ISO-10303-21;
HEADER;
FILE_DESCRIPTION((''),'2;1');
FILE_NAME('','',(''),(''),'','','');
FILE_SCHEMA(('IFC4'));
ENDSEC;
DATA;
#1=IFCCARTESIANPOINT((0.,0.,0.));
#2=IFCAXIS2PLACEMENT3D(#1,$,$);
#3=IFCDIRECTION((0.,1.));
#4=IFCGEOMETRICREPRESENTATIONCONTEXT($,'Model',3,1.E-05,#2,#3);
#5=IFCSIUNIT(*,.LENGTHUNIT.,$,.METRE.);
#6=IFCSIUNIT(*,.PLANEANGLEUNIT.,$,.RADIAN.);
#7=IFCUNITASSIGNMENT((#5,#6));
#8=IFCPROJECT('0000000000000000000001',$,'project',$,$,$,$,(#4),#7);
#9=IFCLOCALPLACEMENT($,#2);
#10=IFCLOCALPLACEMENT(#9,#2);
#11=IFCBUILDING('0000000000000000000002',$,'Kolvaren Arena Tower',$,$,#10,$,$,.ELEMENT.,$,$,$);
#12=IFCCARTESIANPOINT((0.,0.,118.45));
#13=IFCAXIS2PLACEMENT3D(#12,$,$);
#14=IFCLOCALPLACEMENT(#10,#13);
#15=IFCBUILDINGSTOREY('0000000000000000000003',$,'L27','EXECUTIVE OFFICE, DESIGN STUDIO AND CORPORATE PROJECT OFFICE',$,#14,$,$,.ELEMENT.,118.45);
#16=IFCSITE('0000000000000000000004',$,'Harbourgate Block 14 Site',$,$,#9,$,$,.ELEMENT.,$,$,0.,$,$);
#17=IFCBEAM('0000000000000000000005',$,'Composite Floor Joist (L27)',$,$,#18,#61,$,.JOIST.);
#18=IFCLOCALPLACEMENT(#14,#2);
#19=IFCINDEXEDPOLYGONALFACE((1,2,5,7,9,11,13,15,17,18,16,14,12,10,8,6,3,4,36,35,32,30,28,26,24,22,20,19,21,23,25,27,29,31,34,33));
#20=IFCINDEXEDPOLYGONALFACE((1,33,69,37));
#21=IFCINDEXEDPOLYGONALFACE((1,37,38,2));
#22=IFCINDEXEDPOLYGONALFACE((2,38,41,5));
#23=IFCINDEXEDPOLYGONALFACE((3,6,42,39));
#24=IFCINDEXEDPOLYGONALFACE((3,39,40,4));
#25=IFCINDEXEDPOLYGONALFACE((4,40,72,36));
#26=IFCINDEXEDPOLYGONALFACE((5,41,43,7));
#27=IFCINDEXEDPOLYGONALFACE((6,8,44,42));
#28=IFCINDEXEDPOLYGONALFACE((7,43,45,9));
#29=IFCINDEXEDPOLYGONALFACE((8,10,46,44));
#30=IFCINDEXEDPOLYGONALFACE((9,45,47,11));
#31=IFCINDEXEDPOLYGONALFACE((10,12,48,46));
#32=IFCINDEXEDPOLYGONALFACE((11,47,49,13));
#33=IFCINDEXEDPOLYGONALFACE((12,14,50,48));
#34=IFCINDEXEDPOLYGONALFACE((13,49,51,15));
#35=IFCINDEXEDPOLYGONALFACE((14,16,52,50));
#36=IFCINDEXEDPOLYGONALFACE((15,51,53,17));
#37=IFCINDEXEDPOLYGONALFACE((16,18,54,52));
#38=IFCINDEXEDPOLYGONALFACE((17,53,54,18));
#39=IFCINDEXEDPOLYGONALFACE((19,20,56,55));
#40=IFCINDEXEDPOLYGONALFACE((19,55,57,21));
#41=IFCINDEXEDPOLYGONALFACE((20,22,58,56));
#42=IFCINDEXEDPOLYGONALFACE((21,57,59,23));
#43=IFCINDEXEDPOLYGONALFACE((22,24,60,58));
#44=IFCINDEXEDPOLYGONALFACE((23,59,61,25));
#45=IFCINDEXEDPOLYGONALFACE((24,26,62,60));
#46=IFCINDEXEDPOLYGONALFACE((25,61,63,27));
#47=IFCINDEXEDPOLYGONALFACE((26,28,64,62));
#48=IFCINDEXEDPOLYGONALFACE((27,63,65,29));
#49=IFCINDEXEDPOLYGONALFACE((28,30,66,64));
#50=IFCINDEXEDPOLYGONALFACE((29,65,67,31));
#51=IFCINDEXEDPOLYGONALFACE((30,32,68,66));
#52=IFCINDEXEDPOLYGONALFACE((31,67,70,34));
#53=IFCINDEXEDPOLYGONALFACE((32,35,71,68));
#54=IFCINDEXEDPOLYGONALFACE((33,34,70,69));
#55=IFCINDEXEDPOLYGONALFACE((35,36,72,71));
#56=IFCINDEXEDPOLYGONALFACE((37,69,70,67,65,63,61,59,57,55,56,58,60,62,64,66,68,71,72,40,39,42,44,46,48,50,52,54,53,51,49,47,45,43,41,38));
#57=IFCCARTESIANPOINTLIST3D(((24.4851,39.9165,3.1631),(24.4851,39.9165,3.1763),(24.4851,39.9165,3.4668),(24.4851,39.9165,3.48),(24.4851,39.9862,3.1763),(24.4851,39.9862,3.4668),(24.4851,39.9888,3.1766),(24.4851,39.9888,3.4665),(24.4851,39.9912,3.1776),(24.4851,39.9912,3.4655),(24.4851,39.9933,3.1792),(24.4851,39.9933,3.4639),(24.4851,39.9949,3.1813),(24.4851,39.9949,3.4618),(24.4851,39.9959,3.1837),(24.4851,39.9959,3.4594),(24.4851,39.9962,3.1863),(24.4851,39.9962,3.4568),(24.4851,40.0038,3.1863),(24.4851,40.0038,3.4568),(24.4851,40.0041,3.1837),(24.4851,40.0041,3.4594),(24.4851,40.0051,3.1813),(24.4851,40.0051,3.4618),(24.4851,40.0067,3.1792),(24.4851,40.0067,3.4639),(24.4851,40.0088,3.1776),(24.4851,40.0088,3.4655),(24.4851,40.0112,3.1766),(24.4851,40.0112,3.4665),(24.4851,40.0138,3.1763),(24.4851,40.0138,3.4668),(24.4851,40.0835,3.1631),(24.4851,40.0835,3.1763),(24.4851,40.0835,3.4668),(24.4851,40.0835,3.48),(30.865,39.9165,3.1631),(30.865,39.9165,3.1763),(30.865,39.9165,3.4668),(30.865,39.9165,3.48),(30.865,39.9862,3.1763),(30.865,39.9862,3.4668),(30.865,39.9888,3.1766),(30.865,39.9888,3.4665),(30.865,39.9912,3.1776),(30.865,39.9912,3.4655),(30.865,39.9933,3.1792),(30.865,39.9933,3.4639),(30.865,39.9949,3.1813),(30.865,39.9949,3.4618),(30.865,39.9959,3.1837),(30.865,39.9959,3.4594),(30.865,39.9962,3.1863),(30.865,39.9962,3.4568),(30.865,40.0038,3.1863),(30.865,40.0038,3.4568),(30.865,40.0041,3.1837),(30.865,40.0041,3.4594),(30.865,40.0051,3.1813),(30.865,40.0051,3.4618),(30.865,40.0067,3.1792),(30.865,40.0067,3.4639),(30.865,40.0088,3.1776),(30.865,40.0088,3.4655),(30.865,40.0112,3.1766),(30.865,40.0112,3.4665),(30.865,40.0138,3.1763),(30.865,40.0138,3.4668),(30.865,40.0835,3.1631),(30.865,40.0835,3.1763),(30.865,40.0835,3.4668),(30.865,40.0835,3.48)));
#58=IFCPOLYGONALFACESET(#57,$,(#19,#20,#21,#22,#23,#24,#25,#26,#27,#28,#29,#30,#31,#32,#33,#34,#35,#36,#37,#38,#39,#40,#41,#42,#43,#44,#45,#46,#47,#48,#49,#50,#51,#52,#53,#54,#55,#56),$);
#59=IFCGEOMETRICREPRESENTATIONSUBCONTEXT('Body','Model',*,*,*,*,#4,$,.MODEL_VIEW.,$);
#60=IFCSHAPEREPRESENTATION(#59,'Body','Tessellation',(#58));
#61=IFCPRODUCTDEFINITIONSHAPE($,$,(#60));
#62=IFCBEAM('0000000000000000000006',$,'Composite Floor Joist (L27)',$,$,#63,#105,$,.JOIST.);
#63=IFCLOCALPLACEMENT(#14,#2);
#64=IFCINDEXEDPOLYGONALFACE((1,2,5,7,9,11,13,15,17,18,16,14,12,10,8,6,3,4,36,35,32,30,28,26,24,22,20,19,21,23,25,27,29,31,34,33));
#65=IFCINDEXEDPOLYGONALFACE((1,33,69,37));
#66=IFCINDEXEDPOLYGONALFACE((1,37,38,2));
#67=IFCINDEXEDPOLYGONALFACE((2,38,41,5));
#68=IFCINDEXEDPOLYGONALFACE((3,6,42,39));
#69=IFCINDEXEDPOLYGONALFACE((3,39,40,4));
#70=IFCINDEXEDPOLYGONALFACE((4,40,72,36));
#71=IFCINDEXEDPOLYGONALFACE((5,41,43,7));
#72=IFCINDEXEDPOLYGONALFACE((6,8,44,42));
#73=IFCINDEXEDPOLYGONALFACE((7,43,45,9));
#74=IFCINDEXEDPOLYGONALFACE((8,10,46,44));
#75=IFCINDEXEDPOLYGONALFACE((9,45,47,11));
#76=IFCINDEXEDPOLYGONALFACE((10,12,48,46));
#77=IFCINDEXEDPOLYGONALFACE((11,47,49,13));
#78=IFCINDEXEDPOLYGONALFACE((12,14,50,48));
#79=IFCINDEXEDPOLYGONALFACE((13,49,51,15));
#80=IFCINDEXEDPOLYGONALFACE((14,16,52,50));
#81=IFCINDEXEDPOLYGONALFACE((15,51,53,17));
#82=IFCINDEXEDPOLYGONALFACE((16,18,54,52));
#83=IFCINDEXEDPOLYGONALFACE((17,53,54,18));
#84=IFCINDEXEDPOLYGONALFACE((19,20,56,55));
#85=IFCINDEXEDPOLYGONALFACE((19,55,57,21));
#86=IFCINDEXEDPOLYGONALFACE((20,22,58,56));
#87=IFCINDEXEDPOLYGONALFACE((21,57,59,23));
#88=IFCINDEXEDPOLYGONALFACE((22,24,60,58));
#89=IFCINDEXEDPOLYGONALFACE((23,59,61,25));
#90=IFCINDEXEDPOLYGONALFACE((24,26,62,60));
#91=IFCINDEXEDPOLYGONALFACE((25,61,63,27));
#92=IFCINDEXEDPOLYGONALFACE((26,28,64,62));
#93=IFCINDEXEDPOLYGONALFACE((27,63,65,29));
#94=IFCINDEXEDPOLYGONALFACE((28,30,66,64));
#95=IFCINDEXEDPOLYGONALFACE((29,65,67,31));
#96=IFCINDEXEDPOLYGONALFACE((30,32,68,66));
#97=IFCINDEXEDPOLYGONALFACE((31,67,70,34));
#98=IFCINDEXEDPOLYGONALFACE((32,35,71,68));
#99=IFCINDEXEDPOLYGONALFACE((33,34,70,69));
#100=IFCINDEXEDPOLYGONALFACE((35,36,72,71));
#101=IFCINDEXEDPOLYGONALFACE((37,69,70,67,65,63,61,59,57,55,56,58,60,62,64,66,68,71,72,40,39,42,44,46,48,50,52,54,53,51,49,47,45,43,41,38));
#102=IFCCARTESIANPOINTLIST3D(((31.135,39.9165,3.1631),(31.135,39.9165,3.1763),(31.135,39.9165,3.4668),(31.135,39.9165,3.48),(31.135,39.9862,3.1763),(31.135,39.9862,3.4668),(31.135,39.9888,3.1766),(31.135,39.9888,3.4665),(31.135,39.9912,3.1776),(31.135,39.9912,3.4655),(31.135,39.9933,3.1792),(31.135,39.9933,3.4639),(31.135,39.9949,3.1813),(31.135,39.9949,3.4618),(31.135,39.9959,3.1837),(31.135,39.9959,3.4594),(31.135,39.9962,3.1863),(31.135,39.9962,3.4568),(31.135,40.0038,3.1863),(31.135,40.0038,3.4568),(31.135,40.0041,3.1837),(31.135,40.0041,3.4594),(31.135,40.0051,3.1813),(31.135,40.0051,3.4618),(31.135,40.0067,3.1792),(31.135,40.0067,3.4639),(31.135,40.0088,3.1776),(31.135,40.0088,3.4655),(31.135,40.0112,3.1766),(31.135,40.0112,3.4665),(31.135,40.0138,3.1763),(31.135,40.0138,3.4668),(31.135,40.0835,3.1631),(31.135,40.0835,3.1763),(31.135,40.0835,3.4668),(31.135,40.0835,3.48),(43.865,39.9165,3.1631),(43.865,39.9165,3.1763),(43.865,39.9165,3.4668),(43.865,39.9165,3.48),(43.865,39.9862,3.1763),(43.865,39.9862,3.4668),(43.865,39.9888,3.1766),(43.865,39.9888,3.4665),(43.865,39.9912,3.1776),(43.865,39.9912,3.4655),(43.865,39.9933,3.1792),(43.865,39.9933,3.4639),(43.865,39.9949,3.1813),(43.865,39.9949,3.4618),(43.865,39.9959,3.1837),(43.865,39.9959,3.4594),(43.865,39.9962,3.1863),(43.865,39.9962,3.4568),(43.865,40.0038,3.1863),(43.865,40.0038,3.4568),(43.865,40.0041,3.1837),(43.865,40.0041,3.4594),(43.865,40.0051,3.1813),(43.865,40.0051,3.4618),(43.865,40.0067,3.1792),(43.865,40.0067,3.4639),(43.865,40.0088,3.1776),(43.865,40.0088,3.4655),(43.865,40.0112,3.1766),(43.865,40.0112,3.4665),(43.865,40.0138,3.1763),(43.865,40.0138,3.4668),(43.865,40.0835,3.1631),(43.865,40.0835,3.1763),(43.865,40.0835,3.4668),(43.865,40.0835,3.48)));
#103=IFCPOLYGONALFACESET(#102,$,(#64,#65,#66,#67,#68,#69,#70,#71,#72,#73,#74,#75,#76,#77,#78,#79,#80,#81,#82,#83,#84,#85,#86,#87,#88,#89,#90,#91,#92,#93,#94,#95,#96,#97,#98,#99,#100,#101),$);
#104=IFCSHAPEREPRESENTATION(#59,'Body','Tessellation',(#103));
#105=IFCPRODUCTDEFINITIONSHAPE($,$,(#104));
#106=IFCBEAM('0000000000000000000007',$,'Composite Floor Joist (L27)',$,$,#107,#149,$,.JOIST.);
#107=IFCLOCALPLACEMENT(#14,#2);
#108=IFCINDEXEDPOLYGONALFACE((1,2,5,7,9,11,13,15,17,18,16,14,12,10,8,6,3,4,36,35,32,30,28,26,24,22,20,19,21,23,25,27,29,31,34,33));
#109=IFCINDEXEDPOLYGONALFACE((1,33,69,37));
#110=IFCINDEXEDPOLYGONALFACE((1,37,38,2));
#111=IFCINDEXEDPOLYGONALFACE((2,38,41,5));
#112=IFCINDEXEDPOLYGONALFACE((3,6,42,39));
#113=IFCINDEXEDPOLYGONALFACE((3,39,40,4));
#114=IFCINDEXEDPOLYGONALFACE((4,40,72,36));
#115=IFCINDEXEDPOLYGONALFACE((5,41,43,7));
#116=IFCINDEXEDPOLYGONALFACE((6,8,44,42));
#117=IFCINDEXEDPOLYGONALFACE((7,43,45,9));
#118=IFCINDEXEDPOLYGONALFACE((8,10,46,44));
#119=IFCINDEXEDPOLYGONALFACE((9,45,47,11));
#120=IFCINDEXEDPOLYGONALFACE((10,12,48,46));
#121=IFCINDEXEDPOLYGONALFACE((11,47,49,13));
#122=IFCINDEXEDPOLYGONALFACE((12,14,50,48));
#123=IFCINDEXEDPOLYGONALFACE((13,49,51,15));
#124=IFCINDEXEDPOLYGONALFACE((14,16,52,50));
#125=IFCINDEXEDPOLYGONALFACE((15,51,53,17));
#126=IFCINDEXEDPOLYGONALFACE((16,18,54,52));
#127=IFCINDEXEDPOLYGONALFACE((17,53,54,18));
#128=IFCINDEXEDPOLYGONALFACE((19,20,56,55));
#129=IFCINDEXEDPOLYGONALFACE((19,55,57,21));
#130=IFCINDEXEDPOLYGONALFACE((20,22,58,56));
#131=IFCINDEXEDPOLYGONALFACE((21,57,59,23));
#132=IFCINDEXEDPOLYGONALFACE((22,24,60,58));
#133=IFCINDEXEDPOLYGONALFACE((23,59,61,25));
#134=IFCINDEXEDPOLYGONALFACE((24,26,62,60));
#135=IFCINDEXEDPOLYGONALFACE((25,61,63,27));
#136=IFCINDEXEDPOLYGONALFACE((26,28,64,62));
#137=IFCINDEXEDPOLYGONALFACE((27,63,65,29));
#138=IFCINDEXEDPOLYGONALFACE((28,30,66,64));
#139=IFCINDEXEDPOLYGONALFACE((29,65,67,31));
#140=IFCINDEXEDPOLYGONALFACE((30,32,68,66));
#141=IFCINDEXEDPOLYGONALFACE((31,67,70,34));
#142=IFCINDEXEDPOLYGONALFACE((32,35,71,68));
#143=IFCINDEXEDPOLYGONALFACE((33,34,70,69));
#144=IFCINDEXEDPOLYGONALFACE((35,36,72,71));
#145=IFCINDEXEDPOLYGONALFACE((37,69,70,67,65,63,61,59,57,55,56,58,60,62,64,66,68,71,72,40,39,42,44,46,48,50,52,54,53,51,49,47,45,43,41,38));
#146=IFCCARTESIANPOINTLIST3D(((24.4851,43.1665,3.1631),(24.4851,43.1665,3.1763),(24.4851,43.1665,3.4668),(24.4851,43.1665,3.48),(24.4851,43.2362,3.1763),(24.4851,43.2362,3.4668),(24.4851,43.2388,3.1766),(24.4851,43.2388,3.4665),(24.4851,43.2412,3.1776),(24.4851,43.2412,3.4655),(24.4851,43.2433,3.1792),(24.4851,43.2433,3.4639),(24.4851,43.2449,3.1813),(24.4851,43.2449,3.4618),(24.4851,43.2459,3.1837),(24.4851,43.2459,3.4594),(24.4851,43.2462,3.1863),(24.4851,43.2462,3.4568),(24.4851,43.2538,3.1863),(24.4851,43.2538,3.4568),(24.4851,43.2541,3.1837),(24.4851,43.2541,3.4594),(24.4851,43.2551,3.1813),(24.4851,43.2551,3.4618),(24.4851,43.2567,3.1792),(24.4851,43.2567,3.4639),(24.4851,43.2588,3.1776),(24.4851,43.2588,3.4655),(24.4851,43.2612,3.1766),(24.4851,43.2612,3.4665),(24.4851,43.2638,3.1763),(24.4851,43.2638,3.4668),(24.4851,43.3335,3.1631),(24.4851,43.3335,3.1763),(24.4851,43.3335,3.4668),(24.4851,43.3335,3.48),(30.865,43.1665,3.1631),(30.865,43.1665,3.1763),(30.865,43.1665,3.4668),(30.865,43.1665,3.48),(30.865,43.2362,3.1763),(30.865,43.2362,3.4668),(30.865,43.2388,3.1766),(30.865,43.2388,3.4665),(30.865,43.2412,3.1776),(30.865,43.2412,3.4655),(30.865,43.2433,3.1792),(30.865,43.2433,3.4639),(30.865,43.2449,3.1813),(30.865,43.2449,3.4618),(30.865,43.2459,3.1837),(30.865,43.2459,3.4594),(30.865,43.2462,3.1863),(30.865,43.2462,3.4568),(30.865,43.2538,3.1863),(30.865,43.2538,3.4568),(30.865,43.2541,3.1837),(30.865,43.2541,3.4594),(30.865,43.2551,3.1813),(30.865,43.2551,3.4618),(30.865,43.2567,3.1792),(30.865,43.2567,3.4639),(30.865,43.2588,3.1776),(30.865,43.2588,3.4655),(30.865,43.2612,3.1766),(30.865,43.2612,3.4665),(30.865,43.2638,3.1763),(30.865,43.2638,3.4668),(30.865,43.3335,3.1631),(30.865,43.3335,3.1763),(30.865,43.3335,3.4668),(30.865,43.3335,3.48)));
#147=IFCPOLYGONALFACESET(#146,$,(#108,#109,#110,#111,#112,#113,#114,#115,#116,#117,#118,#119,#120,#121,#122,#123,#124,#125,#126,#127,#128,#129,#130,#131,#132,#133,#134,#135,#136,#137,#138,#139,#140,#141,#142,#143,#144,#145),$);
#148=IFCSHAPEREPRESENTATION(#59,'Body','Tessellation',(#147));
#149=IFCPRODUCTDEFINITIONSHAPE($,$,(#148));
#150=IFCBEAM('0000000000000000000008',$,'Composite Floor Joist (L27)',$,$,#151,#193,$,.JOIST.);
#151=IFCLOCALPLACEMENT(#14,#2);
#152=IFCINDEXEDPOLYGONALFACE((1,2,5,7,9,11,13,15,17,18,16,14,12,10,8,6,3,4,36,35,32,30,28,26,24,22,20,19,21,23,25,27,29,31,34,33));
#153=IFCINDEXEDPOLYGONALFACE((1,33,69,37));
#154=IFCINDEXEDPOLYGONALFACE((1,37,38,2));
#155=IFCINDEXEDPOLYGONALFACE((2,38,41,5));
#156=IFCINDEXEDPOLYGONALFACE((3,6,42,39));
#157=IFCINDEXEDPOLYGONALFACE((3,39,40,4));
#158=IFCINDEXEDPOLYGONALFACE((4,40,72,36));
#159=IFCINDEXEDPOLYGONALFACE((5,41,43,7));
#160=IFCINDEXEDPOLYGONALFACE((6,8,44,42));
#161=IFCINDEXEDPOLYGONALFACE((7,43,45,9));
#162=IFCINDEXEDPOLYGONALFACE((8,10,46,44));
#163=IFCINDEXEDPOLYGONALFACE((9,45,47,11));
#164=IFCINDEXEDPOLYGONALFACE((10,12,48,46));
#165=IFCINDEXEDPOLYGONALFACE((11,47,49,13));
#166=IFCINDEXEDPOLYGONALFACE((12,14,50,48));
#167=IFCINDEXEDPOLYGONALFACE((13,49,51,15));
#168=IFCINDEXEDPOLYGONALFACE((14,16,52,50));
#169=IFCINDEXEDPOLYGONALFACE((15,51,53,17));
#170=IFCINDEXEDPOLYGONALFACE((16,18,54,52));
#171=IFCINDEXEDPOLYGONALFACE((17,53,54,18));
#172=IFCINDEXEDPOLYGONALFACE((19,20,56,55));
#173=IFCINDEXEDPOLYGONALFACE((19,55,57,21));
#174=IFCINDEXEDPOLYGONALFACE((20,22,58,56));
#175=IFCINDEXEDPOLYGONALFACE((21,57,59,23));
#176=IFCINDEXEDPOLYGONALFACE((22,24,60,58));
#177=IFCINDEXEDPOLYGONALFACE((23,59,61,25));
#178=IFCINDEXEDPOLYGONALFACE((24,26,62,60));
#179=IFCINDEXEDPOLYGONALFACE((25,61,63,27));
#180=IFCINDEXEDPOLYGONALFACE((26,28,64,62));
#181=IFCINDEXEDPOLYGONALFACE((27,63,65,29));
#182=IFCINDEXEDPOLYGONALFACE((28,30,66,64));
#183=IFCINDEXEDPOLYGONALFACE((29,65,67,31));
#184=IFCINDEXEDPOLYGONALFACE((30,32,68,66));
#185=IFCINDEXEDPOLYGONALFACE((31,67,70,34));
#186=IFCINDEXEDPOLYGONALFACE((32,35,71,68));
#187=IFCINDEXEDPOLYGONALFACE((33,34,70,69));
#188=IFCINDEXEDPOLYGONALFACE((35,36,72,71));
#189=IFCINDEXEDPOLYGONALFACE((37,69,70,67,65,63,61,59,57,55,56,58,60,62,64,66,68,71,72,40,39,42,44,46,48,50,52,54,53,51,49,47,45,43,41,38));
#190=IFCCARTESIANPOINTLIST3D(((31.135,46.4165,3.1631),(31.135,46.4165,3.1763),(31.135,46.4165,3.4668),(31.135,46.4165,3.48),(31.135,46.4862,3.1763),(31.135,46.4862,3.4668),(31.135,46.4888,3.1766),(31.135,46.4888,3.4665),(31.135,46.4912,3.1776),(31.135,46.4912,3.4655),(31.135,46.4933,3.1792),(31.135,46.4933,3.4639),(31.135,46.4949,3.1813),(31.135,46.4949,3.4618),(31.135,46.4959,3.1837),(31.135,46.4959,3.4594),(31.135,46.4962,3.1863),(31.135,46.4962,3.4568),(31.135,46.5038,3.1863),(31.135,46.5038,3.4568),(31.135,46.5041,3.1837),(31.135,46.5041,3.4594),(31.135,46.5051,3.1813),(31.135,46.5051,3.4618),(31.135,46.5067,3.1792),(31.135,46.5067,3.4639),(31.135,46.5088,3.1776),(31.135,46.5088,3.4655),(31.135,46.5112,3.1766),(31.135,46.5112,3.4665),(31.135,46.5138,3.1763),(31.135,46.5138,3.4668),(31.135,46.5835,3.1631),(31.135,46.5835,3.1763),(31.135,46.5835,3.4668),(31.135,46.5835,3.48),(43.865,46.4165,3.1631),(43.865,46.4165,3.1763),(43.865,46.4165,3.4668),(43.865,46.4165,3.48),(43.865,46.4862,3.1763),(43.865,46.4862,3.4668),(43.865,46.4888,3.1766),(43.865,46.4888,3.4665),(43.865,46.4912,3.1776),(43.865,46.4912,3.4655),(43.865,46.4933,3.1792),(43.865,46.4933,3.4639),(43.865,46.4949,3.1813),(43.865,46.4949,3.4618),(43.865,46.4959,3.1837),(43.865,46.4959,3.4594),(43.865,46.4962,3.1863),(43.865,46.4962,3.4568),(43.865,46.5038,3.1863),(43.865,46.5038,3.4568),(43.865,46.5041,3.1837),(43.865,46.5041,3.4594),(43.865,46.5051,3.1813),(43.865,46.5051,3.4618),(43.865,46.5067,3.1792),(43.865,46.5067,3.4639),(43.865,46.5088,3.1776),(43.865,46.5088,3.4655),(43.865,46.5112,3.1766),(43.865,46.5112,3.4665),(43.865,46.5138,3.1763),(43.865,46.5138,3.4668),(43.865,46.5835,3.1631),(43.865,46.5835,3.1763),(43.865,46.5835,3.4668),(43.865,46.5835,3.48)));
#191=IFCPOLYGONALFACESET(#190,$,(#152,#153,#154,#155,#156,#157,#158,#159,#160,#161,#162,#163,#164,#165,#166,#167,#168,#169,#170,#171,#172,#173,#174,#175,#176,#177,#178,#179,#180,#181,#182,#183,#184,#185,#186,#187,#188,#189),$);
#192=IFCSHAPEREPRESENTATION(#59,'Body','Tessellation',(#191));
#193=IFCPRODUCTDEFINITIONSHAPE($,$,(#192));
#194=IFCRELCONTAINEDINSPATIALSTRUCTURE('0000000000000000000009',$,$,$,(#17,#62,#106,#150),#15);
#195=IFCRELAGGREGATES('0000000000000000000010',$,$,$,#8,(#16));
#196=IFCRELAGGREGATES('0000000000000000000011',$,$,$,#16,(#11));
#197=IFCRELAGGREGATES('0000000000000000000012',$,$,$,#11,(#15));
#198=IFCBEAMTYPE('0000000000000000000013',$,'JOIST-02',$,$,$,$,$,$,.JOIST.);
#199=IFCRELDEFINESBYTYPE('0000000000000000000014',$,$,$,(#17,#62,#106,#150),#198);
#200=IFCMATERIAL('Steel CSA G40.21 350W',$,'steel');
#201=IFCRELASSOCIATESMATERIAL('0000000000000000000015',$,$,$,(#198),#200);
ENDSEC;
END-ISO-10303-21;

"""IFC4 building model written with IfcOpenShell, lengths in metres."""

from ifc_helpers import new_model, si_unit, direction, frame, origin, origin_2d, place, context, subcontext, project, spatial, i_section, extrude, material, material_profile, profile_set, type_object, element, save


model = new_model("IFC4")

# Units and contexts
model_context = context("Model", 3, precision=1e-05, world=origin(), true_north=direction((0.0, 1.0)))
body_context = subcontext(model_context, "Body", "Model", "MODEL_VIEW")
ifc_project = project(units=[si_unit("LENGTHUNIT", "METRE"), si_unit("PLANEANGLEUNIT", "RADIAN")], contexts=[model_context])

# Site, building, storey
site_placement = place(None, origin())
site = spatial("IfcSite", under=ifc_project, at=site_placement, Name="Harbourgate Block 14 Site", CompositionType="ELEMENT", RefElevation=0.0)
building_placement = place(site_placement, origin())
building = spatial("IfcBuilding", under=site, at=building_placement, Name="Kolvaren Arena Tower", CompositionType="ELEMENT")
storey_placement = place(building_placement, frame((0.0, 0.0, 118.45)))
storey = spatial("IfcBuildingStorey", under=building, at=storey_placement, Name="L27", Description="EXECUTIVE OFFICE, DESIGN STUDIO AND CORPORATE PROJECT OFFICE", CompositionType="ELEMENT", Elevation=118.45)

# Beams
ifc_material_1 = material(Name="Steel CSA G40.21 350W", Category="steel")
ifc_material_profile_1 = material_profile(ifc_material_1, i_section(OverallWidth=0.167, OverallDepth=0.3169, WebThickness=0.0076, FlangeThickness=0.0132, FilletRadius=0.01, at=origin_2d()), Name="W310x52")
ifc_profile_set_1 = profile_set([ifc_material_profile_1], Name="Steel CSA G40.21 350W")
beam_type_1 = type_object("IfcBeamType", Name="JOIST-02", PredefinedType="JOIST", material=ifc_profile_set_1)
beam_1_placement = place(storey_placement, frame((24.4851, 40.0, 3.3215), z_axis=(1.0, 0.0, 0.0), x_axis=(0.0, 1.0, 0.0)))
element("IfcBeam", 1, at=beam_1_placement, inside=storey, type_object=beam_type_1, Name="Composite Floor Joist (L27)", PredefinedType="JOIST", context=body_context, shape_type="SweptSolid", body=[
    extrude(i_section(OverallWidth=0.167, OverallDepth=0.3169, WebThickness=0.0076, FlangeThickness=0.0132, FilletRadius=0.01, at=origin_2d()), origin(), (0.0, 0.0, 1.0), 6.3799),
])
beam_2_placement = place(storey_placement, frame((31.135, 40.0, 3.3215), z_axis=(1.0, 0.0, 0.0), x_axis=(0.0, 1.0, 0.0)))
element("IfcBeam", 2, at=beam_2_placement, inside=storey, type_object=beam_type_1, Name="Composite Floor Joist (L27)", PredefinedType="JOIST", context=body_context, shape_type="SweptSolid", body=[
    extrude(i_section(OverallWidth=0.167, OverallDepth=0.3169, WebThickness=0.0076, FlangeThickness=0.0132, FilletRadius=0.01, at=origin_2d()), origin(), (0.0, 0.0, 1.0), 12.73),
])
beam_3_placement = place(storey_placement, frame((24.4851, 43.25, 3.3215), z_axis=(1.0, 0.0, 0.0), x_axis=(0.0, 1.0, 0.0)))
element("IfcBeam", 3, at=beam_3_placement, inside=storey, type_object=beam_type_1, Name="Composite Floor Joist (L27)", PredefinedType="JOIST", context=body_context, shape_type="SweptSolid", body=[
    extrude(i_section(OverallWidth=0.167, OverallDepth=0.3169, WebThickness=0.0076, FlangeThickness=0.0132, FilletRadius=0.01, at=origin_2d()), origin(), (0.0, 0.0, 1.0), 6.3799),
])
for number, where, z_axis, x_axis, name in (
    (4, (31.135, 46.5, 3.3215), (1.0, 0.0, 0.0), (0.0, 1.0, 0.0), "Composite Floor Joist (L27)"),
):
    element("IfcBeam", number, at=place(storey_placement, frame(where, z_axis=z_axis, x_axis=x_axis)), inside=storey, type_object=beam_type_1, Name=name, PredefinedType="JOIST", context=body_context, shape_type="SweptSolid", body=[
        extrude(i_section(OverallWidth=0.167, OverallDepth=0.3169, WebThickness=0.0076, FlangeThickness=0.0132, FilletRadius=0.01, at=origin_2d()), origin(), (0.0, 0.0, 1.0), 12.73),
    ])

save(model, "model.ifc")
